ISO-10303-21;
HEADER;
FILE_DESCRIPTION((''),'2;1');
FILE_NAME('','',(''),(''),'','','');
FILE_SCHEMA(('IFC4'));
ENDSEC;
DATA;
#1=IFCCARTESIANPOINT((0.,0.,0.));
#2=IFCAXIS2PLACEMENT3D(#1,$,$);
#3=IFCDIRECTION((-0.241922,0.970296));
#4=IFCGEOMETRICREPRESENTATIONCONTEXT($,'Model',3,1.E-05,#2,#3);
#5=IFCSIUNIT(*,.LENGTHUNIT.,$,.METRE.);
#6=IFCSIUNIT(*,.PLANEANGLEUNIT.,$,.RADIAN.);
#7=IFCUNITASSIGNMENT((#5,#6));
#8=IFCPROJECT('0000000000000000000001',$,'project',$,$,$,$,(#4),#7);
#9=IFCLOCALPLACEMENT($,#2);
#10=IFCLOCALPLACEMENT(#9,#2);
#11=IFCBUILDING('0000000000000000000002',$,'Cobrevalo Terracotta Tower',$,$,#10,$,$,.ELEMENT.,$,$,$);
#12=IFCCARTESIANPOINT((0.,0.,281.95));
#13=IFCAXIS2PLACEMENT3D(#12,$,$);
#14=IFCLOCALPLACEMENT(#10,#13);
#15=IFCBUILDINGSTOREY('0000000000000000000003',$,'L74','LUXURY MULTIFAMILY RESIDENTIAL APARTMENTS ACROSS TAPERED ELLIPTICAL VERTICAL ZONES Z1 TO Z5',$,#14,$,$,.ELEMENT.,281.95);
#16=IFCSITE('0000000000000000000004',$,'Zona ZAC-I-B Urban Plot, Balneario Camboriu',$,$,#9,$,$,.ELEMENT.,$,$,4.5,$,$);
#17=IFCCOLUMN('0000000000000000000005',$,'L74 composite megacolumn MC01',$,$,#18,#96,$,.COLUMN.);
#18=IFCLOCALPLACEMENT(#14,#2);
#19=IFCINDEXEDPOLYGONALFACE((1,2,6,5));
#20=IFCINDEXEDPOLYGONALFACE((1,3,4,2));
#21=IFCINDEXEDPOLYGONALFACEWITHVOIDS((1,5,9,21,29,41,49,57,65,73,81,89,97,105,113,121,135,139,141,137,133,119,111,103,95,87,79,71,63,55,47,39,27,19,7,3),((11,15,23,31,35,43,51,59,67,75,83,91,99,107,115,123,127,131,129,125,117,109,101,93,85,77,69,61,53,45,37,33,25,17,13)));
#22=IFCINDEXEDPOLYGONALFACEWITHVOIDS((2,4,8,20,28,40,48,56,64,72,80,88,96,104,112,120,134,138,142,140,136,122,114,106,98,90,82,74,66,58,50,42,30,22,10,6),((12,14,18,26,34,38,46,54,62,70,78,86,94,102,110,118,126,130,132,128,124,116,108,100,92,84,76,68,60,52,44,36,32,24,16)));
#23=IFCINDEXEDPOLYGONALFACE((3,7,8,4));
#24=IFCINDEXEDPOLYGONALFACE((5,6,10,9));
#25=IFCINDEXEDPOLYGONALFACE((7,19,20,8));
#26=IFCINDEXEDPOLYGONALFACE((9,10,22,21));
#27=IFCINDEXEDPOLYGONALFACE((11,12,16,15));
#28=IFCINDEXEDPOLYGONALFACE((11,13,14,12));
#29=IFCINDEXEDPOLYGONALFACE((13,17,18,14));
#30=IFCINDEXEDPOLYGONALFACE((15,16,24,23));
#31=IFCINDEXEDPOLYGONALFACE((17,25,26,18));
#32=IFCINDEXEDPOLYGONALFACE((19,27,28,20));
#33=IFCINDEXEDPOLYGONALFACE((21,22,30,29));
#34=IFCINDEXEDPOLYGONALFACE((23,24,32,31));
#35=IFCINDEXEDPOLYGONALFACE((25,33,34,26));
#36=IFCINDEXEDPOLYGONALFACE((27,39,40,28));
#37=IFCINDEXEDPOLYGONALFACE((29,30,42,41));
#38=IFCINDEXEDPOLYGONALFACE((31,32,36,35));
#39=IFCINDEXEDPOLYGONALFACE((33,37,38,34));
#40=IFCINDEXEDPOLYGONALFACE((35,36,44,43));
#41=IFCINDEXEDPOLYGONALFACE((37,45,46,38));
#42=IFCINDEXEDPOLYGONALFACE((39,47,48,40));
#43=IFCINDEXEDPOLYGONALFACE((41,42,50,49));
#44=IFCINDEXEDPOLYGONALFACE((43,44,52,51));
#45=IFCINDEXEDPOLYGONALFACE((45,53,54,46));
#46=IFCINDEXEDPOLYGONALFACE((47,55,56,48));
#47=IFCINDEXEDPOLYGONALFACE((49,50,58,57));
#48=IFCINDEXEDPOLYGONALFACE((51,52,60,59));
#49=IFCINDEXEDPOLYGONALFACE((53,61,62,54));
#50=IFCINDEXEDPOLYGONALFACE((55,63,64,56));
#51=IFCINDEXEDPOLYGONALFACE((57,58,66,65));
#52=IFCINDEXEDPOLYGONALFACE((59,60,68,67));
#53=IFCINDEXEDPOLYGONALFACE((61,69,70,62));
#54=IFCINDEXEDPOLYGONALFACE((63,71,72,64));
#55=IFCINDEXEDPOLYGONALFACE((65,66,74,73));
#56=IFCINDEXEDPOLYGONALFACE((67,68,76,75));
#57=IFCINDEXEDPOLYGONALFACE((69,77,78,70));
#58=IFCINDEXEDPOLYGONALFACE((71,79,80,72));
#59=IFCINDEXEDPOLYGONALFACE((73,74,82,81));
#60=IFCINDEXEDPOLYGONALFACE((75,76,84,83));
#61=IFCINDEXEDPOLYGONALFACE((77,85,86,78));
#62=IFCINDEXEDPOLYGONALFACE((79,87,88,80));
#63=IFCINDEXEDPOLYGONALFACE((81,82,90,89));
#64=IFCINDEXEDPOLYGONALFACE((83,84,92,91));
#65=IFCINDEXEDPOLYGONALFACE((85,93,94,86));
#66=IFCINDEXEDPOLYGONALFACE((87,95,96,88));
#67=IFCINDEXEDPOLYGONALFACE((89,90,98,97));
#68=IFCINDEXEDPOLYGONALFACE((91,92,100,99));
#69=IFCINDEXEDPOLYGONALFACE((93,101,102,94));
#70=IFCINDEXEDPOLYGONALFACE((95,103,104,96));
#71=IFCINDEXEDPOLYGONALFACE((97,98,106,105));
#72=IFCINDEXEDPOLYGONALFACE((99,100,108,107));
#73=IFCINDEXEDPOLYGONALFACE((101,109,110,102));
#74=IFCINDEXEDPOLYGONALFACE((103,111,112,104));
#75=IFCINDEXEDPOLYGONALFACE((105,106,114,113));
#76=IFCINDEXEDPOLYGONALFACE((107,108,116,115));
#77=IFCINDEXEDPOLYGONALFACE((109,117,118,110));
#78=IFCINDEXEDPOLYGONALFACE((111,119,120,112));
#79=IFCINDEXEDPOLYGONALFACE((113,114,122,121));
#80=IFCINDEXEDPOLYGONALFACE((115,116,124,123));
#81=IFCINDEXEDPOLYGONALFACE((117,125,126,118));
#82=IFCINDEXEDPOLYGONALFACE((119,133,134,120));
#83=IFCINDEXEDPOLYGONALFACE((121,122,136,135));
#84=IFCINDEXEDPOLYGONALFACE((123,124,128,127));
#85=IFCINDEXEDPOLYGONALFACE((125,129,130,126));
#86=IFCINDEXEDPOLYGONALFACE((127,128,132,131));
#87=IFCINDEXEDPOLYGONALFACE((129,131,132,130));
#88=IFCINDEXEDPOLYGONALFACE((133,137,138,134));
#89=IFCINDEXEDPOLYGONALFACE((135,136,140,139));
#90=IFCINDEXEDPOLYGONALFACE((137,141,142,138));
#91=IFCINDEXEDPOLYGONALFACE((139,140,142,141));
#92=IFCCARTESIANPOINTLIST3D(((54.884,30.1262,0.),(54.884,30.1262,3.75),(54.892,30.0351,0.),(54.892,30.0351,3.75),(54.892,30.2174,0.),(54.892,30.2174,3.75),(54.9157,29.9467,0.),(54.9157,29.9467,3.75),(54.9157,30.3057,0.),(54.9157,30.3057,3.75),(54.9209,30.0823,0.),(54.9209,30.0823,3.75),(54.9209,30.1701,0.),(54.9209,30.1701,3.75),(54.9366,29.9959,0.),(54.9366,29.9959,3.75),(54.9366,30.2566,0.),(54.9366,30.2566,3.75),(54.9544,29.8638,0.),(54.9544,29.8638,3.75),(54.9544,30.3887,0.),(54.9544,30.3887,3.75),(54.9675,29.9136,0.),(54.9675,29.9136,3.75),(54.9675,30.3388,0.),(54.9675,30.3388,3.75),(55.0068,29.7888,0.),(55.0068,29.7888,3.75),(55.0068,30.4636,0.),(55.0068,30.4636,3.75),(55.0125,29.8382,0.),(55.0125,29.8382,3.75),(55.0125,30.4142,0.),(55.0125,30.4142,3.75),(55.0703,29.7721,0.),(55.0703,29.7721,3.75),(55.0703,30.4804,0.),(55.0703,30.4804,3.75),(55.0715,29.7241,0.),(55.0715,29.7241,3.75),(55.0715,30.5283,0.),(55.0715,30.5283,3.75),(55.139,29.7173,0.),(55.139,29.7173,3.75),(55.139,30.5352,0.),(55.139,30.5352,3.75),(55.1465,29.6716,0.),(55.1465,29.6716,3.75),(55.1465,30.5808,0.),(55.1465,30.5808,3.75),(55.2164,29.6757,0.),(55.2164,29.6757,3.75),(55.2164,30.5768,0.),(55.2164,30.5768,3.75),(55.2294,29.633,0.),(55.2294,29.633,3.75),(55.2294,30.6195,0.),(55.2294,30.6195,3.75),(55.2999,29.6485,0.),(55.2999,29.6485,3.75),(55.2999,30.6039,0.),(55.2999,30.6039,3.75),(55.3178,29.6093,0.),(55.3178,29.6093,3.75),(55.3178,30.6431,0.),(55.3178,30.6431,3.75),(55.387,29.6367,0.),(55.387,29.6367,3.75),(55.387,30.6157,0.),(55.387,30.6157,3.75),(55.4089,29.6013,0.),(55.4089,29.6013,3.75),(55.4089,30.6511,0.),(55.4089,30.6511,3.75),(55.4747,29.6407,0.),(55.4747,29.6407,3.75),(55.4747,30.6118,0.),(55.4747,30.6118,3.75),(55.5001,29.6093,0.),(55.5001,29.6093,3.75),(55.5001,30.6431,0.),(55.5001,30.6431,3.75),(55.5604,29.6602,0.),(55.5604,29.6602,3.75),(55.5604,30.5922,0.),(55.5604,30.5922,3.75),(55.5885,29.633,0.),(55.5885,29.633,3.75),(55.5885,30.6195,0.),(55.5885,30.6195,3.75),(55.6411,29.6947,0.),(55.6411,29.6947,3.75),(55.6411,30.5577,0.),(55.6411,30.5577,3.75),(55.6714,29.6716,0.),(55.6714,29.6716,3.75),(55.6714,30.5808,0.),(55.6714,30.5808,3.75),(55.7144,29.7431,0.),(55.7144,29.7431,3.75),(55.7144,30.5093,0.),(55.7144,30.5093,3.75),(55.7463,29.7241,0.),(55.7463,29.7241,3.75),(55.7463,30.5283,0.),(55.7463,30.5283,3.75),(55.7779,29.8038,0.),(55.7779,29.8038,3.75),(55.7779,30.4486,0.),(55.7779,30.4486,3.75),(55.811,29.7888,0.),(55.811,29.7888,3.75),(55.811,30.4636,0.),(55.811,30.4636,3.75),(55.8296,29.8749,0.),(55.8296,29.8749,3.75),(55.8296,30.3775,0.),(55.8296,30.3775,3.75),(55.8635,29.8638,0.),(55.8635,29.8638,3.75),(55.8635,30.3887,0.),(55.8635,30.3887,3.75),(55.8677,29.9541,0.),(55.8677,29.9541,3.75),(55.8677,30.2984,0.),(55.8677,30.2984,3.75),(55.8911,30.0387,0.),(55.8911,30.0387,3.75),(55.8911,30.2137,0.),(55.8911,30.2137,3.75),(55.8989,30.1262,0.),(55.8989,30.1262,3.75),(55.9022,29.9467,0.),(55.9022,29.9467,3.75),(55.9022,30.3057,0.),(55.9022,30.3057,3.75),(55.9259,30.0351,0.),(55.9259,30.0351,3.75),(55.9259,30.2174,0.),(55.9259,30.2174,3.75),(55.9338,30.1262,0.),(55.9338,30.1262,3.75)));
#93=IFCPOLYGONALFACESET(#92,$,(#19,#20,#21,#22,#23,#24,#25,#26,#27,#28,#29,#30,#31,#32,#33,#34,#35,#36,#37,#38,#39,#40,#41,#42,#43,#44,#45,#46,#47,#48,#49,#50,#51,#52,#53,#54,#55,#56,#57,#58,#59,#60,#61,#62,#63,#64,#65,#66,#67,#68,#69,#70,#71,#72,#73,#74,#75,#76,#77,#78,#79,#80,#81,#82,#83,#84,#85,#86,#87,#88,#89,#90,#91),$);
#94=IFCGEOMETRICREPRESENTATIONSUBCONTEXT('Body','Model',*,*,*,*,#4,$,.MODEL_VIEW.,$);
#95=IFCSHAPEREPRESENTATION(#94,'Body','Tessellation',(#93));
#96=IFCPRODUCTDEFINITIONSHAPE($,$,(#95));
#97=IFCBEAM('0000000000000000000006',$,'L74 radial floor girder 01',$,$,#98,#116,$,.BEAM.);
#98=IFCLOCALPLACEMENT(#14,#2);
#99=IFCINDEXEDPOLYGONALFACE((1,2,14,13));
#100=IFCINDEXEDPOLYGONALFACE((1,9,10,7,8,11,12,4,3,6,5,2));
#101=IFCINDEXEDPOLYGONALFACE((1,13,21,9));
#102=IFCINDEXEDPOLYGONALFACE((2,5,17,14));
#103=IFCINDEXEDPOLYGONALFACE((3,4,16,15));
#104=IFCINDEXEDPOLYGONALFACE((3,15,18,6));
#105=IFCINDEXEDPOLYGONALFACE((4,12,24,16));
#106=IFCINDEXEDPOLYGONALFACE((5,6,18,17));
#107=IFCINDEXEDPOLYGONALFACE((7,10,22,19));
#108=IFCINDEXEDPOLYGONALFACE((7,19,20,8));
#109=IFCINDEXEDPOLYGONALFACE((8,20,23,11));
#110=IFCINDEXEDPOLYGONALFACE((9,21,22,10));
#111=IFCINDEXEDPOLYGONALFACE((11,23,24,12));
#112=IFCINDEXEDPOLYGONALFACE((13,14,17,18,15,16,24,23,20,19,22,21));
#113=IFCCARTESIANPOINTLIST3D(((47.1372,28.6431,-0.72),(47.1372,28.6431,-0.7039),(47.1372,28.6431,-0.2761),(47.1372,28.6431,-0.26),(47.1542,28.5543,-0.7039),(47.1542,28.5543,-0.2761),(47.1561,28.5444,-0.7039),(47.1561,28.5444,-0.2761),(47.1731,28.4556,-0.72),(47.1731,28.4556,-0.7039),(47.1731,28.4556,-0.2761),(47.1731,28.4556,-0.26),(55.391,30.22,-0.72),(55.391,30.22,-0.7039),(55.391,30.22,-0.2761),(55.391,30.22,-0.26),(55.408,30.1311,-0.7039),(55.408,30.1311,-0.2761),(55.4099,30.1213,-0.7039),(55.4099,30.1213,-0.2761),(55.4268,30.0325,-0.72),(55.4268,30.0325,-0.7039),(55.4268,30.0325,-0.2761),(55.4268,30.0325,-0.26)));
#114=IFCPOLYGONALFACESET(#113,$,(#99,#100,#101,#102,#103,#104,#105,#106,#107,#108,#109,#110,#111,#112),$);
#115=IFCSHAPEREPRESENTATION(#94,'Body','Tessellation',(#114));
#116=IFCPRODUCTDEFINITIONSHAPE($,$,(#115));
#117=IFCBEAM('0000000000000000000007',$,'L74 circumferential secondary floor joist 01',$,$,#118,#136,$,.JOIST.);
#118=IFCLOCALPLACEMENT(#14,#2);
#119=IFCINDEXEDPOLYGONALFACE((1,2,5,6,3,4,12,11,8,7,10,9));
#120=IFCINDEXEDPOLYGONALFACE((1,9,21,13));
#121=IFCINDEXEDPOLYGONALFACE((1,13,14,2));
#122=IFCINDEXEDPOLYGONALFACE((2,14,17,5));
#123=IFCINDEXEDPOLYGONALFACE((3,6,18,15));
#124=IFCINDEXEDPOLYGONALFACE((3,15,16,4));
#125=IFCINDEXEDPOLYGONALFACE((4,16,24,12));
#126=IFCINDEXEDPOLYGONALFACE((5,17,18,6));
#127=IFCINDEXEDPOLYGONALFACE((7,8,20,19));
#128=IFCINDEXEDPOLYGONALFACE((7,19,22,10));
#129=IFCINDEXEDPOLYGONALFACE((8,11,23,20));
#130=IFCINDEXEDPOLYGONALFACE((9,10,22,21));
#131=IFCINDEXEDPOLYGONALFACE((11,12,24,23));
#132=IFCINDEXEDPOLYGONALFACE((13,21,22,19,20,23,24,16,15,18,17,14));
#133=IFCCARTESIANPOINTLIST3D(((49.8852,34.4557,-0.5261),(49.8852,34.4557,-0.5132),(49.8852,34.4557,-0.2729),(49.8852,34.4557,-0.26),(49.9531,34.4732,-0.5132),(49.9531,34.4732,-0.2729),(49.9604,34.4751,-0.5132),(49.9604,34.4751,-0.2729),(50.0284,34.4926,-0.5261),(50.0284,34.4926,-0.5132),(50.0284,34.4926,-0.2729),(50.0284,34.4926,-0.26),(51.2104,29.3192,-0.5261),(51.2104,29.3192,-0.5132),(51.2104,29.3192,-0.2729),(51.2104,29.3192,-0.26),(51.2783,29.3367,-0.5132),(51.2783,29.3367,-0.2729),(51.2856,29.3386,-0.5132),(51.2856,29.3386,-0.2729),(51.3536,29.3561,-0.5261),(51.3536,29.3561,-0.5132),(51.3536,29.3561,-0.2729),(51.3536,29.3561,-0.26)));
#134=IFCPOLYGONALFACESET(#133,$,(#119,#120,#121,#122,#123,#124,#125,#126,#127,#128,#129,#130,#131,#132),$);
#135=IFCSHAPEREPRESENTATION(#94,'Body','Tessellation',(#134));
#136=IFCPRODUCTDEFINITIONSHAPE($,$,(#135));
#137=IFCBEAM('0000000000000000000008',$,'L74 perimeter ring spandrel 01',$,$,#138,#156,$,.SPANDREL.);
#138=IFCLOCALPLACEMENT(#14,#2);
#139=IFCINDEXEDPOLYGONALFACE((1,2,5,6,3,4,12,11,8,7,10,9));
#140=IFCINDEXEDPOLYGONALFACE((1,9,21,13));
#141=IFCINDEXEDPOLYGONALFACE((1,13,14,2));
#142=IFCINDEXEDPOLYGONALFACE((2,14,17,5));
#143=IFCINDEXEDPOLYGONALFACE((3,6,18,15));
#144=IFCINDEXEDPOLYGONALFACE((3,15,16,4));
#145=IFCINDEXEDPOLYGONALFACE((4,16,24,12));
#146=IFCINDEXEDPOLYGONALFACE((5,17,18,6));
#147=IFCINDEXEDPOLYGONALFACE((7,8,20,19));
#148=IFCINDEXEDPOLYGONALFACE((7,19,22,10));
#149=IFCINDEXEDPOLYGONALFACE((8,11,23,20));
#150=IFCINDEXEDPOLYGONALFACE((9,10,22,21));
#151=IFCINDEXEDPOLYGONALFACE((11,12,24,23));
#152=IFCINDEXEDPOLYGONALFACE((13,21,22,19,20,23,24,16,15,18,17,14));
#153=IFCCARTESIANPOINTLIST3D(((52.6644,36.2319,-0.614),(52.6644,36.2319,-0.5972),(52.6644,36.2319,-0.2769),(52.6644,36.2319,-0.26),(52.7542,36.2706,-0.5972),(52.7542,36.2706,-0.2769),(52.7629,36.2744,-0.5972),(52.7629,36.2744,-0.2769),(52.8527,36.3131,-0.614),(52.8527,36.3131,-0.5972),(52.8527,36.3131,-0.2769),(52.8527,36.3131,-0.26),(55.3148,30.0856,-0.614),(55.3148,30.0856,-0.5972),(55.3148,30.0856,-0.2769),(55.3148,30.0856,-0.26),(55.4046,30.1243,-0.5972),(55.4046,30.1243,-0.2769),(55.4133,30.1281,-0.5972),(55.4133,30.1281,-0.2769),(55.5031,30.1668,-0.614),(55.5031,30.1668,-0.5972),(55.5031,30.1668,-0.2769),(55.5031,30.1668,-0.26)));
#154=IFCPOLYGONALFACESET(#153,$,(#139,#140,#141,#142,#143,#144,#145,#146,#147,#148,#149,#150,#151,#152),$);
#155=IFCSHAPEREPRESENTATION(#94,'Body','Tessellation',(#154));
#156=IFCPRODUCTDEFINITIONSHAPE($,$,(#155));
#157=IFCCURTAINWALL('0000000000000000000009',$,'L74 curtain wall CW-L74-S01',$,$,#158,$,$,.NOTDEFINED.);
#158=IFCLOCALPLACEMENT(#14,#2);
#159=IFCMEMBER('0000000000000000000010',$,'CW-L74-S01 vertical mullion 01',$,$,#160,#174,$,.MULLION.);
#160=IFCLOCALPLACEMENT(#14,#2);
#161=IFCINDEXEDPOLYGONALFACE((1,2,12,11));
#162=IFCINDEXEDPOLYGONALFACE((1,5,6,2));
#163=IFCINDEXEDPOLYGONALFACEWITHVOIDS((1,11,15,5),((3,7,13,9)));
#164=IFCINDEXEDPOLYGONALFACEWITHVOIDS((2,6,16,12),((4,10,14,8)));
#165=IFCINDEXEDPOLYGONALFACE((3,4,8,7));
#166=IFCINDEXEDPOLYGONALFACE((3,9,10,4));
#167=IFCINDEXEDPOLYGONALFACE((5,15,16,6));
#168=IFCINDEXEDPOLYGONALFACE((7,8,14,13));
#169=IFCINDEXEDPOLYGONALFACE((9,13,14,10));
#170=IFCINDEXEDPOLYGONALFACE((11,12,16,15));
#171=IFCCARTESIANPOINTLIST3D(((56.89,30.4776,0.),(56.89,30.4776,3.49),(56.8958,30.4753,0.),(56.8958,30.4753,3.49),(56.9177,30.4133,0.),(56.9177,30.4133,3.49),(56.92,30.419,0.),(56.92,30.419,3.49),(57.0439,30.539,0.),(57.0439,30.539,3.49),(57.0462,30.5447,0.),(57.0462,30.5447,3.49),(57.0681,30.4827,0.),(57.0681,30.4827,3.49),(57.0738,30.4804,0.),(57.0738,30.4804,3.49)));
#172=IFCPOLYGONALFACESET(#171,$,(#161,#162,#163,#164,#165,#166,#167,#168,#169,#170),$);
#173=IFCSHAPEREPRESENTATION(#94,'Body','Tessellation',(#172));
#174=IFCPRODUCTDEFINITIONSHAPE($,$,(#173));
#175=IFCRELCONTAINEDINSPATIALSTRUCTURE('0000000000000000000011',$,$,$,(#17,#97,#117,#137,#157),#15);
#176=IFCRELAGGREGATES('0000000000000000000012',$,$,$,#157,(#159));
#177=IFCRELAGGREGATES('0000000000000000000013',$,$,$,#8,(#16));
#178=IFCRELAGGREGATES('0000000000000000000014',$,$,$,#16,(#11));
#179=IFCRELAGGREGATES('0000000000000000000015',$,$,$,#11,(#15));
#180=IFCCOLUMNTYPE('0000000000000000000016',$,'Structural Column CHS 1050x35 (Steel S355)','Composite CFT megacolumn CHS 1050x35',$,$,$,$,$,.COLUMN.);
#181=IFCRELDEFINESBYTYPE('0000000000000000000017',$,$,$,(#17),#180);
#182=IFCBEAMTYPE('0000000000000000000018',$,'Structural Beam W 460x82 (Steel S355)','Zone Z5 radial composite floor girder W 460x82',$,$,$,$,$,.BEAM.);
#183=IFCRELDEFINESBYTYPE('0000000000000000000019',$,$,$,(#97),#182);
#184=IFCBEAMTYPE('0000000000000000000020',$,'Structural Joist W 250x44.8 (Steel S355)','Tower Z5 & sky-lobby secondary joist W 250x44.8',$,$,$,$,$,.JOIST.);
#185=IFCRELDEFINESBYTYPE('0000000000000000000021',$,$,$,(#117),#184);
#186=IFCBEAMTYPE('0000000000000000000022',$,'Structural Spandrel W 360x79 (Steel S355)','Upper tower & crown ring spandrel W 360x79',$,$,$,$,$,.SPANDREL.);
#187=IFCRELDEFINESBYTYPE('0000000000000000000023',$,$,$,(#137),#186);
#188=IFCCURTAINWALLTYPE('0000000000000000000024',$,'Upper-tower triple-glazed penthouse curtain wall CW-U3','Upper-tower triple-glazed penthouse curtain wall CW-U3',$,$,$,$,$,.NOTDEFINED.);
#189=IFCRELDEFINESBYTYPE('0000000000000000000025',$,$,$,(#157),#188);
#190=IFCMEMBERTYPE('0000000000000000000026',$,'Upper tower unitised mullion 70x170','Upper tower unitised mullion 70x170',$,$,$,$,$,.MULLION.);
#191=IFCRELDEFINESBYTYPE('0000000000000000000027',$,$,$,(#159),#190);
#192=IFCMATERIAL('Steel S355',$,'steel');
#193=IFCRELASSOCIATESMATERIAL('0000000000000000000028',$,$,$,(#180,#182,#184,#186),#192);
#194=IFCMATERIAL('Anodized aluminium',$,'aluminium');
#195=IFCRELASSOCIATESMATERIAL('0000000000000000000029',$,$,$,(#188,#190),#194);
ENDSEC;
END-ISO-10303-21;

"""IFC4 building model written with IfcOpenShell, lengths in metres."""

from ifc_helpers import new_model, si_unit, direction, frame, origin, origin_2d, place, context, subcontext, project, spatial, hollow_rectangle, hollow_circle, i_section, extrude, source, transform, mapped, material, material_profile, profile_set, type_object, element, aggregate, save


model = new_model("IFC4")

# Units and contexts
model_context = context("Model", 3, precision=1e-05, world=origin(), true_north=direction((-0.241922, 0.970296)))
body_context = subcontext(model_context, "Body", "Model", "MODEL_VIEW")
ifc_project = project(units=[si_unit("LENGTHUNIT", "METRE"), si_unit("PLANEANGLEUNIT", "RADIAN")], contexts=[model_context])

# Site, building, storey
site_placement = place(None, origin())
site = spatial("IfcSite", under=ifc_project, at=site_placement, Name="Zona ZAC-I-B Urban Plot, Balneario Camboriu", CompositionType="ELEMENT", RefElevation=4.5)
building_placement = place(site_placement, origin())
building = spatial("IfcBuilding", under=site, at=building_placement, Name="Cobrevalo Terracotta Tower", CompositionType="ELEMENT")
storey_placement = place(building_placement, frame((0.0, 0.0, 281.95)))
storey = spatial("IfcBuildingStorey", under=building, at=storey_placement, Name="L74", Description="LUXURY MULTIFAMILY RESIDENTIAL APARTMENTS ACROSS TAPERED ELLIPTICAL VERTICAL ZONES Z1 TO Z5", CompositionType="ELEMENT", Elevation=281.95)

# Column
ifc_material_1 = material(Name="Steel S355", Category="steel")
ifc_material_profile_1 = material_profile(ifc_material_1, hollow_circle(Radius=0.5249, WallThickness=0.0349, at=origin_2d()), Name="CHS 1050x35")
ifc_profile_set_1 = profile_set([ifc_material_profile_1], Name="Steel S355")
column_type = type_object("IfcColumnType", Name="Structural Column CHS 1050x35 (Steel S355)", Description="Composite CFT megacolumn CHS 1050x35", PredefinedType="COLUMN", material=ifc_profile_set_1)
column_placement = place(storey_placement, frame((55.4089, 30.1262, 0.0), z_axis=(0.0, 0.0, 1.0), x_axis=(1.0, 0.0, 0.0)))
element("IfcColumn", 1, at=column_placement, inside=storey, type_object=column_type, Name="L74 composite megacolumn MC01", PredefinedType="COLUMN", context=body_context, shape_type="SweptSolid", body=[
    extrude(hollow_circle(Radius=0.5249, WallThickness=0.0349, at=origin_2d()), origin(), (0.0, 0.0, 1.0), 3.75),
])

# Beams
ifc_material_profile_2 = material_profile(ifc_material_1, i_section(OverallWidth=0.1909, OverallDepth=0.46, WebThickness=0.01, FlangeThickness=0.0161, at=origin_2d()), Name="W 460x82")
ifc_profile_set_2 = profile_set([ifc_material_profile_2], Name="Steel S355")
beam_type_1 = type_object("IfcBeamType", Name="Structural Beam W 460x82 (Steel S355)", Description="Zone Z5 radial composite floor girder W 460x82", PredefinedType="BEAM", material=ifc_profile_set_2)
beam_1_placement = place(storey_placement, frame((55.4089, 30.1262, -0.49), z_axis=(-0.982235, -0.187655, 0.0), x_axis=(0.187655, -0.982235, 0.0)))
element("IfcBeam", 2, at=beam_1_placement, inside=storey, type_object=beam_type_1, Name="L74 radial floor girder 01", PredefinedType="BEAM", context=body_context, shape_type="SweptSolid", body=[
    extrude(i_section(OverallWidth=0.1909, OverallDepth=0.46, WebThickness=0.01, FlangeThickness=0.0161, at=origin_2d()), origin(), (0.0, 0.0, 1.0), 8.4031),
])
ifc_material_profile_3 = material_profile(ifc_material_1, i_section(OverallWidth=0.1479, OverallDepth=0.2661, WebThickness=0.0076, FlangeThickness=0.0129, at=origin_2d()), Name="W 250x44.8")
ifc_profile_set_3 = profile_set([ifc_material_profile_3], Name="Steel S355")
beam_type_2 = type_object("IfcBeamType", Name="Structural Joist W 250x44.8 (Steel S355)", Description="Tower Z5 & sky-lobby secondary joist W 250x44.8", PredefinedType="JOIST", material=ifc_profile_set_3)
beam_2_placement = place(storey_placement, frame((51.282, 29.3376, -0.3931), z_axis=(-0.249817, 0.968293, 0.0), x_axis=(-0.968293, -0.249817, 0.0)))
element("IfcBeam", 3, at=beam_2_placement, inside=storey, type_object=beam_type_2, Name="L74 circumferential secondary floor joist 01", PredefinedType="JOIST", context=body_context, shape_type="SweptSolid", body=[
    extrude(i_section(OverallWidth=0.1479, OverallDepth=0.2661, WebThickness=0.0076, FlangeThickness=0.0129, at=origin_2d()), origin(), (0.0, 0.0, 1.0), 5.3047),
])
ifc_material_profile_4 = material_profile(ifc_material_1, i_section(OverallWidth=0.2051, OverallDepth=0.354, WebThickness=0.0095, FlangeThickness=0.0168, at=origin_2d()), Name="W 360x79")
ifc_profile_set_4 = profile_set([ifc_material_profile_4], Name="Steel S355")
beam_type_3 = type_object("IfcBeamType", Name="Structural Spandrel W 360x79 (Steel S355)", Description="Upper tower & crown ring spandrel W 360x79", PredefinedType="SPANDREL", material=ifc_profile_set_4)
beam_3_placement = place(storey_placement, frame((55.4089, 30.1262, -0.437), z_axis=(-0.395974, 0.918262, 0.0), x_axis=(-0.918262, -0.395974, 0.0)))
element("IfcBeam", 4, at=beam_3_placement, inside=storey, type_object=beam_type_3, Name="L74 perimeter ring spandrel 01", PredefinedType="SPANDREL", context=body_context, shape_type="SweptSolid", body=[
    extrude(i_section(OverallWidth=0.2051, OverallDepth=0.354, WebThickness=0.0095, FlangeThickness=0.0168, at=origin_2d()), origin(), (0.0, 0.0, 1.0), 6.6934),
])

# Curtain wall, member
ifc_material_2 = material(Name="Anodized aluminium", Category="aluminium")
curtain_wall_type = type_object("IfcCurtainWallType", Name="Upper-tower triple-glazed penthouse curtain wall CW-U3", Description="Upper-tower triple-glazed penthouse curtain wall CW-U3", PredefinedType="NOTDEFINED", material=ifc_material_2)
curtain_wall_1_placement = place(storey_placement, origin())
curtain_wall_1 = element("IfcCurtainWall", 5, at=curtain_wall_1_placement, inside=storey, type_object=curtain_wall_type, Name="L74 curtain wall CW-L74-S01", PredefinedType="NOTDEFINED")
ifc_material_profile_5 = material_profile(ifc_material_2, hollow_rectangle(XDim=0.0701, YDim=0.1699, WallThickness=0.0044, at=origin_2d()), Name="CWM 70x170")
ifc_profile_set_5 = profile_set([ifc_material_profile_5], Name="Anodized aluminium")
member_type_1 = type_object("IfcMemberType", Name="Upper tower unitised mullion 70x170", Description="Upper tower unitised mullion 70x170", PredefinedType="MULLION", material=ifc_profile_set_5)
shared_shape_1 = source(origin(), body_context, "Body", "SweptSolid", [
    extrude(hollow_rectangle(XDim=0.0701, YDim=0.1699, WallThickness=0.0044, at=origin_2d()), origin(), (0.0, 0.0, 1.0), 3.49),
])
member_1_placement = place(storey_placement, frame((56.9819, 30.479, 0.0), z_axis=(0.0, 0.0, 1.0), x_axis=(-0.394824, 0.918757, 0.0)))
member_1 = element("IfcMember", 6, at=member_1_placement, type_object=member_type_1, Name="CW-L74-S01 vertical mullion 01", PredefinedType="MULLION", context=body_context, shape_type="MappedRepresentation", body=[
    mapped(shared_shape_1, transform((0.0, 0.0, 0.0), scale=1.0)),
])

aggregate(curtain_wall_1, [member_1])

save(model, "model.ifc")
